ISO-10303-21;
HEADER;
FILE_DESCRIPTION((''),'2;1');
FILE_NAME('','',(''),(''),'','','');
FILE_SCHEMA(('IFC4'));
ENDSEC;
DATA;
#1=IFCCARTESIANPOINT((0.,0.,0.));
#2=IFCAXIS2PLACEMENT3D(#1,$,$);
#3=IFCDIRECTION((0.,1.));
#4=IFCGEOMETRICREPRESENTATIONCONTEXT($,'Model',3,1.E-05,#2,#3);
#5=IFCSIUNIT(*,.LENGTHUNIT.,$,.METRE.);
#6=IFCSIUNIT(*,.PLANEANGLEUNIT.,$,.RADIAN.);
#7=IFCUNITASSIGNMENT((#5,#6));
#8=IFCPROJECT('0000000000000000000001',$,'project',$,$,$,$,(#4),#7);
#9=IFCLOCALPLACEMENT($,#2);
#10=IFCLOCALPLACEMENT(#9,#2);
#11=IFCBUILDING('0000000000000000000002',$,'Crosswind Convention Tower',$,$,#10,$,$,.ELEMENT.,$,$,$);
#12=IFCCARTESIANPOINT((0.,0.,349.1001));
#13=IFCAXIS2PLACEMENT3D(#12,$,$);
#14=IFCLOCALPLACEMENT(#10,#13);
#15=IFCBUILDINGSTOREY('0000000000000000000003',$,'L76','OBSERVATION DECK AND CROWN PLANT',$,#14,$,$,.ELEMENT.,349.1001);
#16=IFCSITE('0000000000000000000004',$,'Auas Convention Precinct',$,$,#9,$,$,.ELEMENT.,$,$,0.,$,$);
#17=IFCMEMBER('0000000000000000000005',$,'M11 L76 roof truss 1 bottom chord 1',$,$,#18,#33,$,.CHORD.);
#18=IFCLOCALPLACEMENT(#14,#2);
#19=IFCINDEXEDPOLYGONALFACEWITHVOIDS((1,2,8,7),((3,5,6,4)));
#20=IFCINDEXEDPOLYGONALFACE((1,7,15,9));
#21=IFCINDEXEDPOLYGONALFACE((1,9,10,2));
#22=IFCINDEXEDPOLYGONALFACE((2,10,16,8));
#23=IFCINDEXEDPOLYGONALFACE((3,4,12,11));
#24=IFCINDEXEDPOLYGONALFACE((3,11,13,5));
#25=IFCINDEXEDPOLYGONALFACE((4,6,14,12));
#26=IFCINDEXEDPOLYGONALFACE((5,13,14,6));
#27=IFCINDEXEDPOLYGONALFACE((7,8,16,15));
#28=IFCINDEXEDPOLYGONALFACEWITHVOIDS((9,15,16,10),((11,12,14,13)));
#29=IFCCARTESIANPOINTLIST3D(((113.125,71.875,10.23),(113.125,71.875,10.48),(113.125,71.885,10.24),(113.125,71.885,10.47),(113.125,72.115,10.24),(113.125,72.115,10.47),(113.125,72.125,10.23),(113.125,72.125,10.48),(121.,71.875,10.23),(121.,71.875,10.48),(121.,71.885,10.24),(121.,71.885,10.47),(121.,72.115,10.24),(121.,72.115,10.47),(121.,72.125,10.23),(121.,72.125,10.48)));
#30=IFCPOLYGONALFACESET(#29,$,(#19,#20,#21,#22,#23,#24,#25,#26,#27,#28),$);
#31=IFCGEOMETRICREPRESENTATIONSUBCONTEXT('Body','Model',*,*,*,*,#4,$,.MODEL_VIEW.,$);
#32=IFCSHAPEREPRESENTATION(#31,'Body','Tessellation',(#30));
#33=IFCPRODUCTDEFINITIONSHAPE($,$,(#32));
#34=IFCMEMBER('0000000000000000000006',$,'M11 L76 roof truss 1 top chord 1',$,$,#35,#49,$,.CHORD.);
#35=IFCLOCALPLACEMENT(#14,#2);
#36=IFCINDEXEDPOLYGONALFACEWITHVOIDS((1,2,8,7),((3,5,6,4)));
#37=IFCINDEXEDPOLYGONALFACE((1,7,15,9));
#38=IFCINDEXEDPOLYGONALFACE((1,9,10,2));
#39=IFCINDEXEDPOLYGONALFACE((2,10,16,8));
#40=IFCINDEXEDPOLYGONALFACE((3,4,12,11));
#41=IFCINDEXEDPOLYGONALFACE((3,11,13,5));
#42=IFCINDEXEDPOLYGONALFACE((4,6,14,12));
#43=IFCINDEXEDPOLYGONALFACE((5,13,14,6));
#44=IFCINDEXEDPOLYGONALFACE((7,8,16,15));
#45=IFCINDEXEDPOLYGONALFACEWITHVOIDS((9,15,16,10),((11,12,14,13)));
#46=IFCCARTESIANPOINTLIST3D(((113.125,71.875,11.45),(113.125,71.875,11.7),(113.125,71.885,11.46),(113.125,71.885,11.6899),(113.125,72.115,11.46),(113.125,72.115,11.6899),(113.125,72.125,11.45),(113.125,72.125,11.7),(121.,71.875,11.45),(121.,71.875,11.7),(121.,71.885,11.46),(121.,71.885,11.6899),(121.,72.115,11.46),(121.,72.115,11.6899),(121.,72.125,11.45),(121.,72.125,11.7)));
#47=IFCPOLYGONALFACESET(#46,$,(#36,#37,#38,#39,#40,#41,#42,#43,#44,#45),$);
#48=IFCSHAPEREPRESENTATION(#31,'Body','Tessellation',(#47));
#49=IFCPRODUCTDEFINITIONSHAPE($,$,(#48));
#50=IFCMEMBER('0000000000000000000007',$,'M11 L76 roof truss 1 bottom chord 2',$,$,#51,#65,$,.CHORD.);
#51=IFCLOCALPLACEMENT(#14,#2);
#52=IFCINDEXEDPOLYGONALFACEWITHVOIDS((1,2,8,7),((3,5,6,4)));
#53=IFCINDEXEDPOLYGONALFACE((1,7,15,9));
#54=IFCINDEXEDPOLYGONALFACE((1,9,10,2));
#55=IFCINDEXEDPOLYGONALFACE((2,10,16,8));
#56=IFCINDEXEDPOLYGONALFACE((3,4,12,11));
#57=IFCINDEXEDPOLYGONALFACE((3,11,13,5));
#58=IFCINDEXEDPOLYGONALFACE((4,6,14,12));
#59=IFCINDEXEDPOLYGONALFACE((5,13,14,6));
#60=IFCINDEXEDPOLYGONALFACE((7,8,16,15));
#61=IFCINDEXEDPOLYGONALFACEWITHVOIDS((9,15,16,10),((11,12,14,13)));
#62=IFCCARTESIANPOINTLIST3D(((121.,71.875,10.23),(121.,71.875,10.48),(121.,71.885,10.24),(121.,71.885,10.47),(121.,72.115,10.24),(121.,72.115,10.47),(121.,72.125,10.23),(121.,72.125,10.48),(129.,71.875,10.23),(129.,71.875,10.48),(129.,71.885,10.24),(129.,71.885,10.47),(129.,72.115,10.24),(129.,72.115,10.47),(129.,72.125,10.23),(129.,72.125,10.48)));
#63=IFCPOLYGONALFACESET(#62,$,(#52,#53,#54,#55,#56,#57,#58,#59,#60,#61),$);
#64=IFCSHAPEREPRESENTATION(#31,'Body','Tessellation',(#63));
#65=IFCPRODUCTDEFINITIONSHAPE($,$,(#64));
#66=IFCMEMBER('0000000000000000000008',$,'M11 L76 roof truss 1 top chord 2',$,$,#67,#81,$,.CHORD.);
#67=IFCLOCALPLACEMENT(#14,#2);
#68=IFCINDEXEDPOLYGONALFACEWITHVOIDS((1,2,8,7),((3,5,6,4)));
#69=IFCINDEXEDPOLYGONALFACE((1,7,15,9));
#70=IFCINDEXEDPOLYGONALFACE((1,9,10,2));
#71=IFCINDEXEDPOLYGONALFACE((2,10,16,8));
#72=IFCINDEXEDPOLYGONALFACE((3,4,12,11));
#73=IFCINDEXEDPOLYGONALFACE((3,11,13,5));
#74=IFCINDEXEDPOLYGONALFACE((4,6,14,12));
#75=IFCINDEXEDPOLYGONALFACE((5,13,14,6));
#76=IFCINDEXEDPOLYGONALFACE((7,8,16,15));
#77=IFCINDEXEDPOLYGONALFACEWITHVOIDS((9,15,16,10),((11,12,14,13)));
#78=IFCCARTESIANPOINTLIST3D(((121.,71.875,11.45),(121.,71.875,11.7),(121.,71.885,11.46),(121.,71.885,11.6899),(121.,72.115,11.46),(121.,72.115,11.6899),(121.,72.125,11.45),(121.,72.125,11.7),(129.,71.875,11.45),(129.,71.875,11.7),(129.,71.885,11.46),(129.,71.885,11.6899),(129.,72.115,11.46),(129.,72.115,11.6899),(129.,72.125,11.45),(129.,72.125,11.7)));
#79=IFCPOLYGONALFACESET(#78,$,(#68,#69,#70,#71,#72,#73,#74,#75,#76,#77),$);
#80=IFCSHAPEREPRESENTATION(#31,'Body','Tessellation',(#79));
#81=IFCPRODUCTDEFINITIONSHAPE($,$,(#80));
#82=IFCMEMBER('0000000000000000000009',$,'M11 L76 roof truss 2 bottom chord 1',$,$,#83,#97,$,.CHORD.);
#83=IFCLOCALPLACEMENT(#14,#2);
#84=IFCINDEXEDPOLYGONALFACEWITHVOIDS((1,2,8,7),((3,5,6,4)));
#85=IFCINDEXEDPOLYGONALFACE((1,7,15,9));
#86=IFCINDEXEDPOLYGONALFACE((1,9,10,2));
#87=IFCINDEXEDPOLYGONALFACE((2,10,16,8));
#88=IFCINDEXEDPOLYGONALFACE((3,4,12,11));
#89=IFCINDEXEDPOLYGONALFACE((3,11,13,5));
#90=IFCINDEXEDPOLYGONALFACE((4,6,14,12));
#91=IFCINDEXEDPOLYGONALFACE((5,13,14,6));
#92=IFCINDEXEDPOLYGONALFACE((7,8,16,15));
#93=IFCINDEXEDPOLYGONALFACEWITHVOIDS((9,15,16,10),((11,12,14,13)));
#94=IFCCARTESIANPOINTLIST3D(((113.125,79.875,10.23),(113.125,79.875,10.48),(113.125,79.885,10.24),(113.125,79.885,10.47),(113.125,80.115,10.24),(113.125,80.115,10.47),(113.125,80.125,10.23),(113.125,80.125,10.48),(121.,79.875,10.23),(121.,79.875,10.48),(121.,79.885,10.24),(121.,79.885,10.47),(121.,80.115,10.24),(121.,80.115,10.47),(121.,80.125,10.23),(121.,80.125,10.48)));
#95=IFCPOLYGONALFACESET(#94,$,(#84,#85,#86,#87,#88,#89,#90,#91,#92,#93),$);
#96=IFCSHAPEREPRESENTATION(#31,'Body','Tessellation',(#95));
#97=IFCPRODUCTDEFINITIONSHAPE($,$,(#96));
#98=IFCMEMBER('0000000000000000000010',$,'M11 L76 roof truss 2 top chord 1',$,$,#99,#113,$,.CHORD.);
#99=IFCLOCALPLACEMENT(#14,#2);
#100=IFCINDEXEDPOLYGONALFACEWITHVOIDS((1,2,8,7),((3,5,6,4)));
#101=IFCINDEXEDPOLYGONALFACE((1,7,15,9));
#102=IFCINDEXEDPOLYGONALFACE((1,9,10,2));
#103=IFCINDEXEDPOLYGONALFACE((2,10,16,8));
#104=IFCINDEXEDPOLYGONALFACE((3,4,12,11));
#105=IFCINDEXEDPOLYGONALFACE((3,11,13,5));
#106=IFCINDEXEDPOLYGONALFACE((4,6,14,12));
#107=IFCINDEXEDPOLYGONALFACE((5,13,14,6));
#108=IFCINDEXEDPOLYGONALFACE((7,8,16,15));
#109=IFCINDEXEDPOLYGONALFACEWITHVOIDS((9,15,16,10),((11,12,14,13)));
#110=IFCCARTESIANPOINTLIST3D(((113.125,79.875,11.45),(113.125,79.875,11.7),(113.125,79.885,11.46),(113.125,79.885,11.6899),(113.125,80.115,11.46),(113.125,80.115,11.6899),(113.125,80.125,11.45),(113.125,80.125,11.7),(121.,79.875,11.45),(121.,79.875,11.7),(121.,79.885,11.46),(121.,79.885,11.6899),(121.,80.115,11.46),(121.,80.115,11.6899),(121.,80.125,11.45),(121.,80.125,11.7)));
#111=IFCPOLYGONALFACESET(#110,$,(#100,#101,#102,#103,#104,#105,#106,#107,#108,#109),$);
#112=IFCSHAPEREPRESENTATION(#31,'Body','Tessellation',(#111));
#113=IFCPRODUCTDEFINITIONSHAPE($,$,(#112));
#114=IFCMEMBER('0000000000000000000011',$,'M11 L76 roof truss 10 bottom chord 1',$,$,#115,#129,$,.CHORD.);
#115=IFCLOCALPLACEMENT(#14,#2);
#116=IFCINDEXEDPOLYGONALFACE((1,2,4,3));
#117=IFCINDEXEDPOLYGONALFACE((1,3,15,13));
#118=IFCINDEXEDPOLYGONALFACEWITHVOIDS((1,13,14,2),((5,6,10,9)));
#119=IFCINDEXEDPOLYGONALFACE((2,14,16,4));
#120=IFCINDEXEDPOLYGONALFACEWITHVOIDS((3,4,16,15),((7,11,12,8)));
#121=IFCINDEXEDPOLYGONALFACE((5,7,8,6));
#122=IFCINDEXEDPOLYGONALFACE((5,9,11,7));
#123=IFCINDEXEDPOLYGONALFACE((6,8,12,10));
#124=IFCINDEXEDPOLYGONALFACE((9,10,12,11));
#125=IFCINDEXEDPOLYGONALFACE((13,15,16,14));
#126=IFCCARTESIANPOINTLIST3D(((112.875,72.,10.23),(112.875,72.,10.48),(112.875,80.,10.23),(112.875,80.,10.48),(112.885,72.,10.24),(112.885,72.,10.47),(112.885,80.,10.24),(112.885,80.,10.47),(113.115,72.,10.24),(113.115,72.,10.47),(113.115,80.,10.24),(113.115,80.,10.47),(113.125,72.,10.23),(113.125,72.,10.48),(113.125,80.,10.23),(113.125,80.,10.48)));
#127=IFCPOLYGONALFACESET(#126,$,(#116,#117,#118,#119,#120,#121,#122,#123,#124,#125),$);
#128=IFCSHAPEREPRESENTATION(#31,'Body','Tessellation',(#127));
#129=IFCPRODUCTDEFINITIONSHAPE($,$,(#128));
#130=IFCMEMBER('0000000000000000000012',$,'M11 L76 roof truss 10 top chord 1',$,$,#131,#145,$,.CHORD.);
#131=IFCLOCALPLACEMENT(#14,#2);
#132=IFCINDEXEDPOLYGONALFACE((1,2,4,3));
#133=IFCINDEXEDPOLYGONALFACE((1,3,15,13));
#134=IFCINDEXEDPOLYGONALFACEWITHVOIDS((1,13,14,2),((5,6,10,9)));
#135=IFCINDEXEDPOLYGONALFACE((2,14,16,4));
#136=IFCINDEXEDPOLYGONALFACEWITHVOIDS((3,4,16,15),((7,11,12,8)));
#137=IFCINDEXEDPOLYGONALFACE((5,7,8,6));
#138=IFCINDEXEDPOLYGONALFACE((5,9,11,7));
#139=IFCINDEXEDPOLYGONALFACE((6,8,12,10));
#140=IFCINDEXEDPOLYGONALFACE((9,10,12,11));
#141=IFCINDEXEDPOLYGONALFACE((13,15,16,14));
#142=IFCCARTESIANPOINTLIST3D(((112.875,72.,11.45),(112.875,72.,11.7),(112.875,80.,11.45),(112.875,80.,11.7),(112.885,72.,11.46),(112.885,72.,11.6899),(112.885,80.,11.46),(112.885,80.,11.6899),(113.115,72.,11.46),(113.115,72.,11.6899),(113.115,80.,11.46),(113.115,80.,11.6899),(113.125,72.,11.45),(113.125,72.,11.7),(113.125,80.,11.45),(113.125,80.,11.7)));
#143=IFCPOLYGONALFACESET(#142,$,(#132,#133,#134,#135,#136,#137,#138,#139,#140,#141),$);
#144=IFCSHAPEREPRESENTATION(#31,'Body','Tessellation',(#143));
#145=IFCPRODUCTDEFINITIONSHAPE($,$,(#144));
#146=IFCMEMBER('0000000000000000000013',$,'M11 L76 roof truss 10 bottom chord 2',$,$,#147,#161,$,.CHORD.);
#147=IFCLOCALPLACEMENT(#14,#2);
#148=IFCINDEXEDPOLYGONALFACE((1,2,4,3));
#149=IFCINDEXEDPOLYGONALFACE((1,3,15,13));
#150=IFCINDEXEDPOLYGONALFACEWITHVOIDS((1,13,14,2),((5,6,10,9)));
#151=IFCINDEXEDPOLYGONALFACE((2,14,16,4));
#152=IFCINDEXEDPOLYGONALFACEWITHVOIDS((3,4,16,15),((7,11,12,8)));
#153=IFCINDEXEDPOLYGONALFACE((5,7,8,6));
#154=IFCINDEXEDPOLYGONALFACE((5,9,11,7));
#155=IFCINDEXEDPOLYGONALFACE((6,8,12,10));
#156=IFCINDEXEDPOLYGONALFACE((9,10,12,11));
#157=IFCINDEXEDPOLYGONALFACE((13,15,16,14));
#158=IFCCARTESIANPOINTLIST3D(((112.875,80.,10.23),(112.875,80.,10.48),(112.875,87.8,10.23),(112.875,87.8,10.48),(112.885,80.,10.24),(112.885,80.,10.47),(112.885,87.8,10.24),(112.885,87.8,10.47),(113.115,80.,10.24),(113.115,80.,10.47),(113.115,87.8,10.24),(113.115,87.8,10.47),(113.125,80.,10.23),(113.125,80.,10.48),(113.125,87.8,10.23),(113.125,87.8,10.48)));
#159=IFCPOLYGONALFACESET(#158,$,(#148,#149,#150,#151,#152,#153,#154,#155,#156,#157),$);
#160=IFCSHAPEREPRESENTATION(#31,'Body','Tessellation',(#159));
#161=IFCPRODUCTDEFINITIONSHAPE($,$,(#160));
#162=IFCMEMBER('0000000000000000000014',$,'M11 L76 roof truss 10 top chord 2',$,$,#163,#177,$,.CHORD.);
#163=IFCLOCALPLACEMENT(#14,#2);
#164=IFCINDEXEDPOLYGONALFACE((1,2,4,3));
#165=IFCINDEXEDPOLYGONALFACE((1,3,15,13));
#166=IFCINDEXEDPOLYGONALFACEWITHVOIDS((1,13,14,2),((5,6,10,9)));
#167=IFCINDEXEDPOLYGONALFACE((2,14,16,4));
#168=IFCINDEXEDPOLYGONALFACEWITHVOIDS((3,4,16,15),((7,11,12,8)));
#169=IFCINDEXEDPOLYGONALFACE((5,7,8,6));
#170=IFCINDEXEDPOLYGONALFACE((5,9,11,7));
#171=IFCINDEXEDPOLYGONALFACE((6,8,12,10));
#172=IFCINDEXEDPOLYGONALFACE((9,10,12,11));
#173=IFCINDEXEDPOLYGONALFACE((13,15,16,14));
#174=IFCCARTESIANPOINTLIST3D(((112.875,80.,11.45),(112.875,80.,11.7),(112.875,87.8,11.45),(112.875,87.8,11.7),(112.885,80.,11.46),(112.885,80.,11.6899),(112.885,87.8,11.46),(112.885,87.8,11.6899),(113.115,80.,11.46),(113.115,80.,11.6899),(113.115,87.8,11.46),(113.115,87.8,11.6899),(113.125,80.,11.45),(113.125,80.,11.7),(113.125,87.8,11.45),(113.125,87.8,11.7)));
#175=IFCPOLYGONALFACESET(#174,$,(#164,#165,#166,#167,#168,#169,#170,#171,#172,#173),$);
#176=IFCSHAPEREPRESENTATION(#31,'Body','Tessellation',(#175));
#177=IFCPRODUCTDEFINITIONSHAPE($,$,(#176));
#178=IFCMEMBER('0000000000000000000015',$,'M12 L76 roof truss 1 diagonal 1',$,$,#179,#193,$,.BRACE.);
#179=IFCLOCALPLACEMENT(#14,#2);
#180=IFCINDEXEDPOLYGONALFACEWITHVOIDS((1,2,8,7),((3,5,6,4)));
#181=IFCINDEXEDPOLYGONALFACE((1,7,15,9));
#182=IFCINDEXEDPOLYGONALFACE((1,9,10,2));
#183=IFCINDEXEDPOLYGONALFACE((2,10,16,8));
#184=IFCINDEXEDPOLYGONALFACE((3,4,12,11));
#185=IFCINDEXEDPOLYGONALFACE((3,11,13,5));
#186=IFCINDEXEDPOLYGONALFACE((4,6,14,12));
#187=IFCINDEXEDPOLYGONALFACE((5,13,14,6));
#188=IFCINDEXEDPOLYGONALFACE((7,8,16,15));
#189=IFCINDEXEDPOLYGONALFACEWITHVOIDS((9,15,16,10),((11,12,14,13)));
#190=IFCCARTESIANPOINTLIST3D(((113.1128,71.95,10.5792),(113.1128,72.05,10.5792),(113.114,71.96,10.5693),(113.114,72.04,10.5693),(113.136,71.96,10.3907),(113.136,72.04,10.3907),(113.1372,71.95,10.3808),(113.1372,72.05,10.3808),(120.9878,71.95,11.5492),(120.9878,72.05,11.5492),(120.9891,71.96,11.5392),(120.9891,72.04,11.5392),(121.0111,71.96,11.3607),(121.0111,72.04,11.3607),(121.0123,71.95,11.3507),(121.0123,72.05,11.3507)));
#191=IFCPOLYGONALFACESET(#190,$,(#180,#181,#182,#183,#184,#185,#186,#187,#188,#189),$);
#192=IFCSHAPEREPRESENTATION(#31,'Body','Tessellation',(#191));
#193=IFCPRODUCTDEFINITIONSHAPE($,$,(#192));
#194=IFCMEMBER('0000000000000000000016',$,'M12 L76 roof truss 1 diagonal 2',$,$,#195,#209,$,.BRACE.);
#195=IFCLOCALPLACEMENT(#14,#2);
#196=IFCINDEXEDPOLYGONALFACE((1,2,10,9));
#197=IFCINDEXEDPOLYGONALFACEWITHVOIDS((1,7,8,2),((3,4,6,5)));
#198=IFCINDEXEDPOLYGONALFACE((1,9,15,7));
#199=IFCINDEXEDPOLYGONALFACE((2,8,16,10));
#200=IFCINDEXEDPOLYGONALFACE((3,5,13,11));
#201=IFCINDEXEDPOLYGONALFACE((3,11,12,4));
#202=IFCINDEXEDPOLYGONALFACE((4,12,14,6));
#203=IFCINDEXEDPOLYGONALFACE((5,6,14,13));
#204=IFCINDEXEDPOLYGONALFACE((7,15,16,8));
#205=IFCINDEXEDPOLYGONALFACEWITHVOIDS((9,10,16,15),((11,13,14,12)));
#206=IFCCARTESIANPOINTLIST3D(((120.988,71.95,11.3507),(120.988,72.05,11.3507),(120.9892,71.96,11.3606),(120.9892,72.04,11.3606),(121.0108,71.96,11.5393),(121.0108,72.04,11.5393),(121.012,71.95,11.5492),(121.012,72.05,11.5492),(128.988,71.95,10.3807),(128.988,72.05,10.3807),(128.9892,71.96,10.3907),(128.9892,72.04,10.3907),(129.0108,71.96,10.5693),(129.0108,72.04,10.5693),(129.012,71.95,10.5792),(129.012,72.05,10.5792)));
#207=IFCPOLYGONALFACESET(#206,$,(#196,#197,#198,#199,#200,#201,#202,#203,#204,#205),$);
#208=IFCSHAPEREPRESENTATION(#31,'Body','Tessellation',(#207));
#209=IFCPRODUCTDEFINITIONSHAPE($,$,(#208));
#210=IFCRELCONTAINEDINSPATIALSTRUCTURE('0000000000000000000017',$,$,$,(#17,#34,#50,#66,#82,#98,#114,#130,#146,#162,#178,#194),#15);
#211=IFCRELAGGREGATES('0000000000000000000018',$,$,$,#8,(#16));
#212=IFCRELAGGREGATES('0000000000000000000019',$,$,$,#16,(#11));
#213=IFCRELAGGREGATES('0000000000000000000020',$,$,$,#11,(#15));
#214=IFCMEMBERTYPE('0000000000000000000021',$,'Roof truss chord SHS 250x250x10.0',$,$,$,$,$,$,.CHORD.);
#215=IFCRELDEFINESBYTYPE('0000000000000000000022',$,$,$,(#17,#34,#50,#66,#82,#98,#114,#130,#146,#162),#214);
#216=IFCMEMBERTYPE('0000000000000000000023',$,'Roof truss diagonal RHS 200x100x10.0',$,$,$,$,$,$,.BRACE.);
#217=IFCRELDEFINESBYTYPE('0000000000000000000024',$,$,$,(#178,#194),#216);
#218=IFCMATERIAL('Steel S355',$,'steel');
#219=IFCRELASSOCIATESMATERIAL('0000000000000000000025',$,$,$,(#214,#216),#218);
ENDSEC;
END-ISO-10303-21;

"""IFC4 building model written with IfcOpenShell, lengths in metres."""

from ifc_helpers import new_model, si_unit, direction, frame, origin, origin_2d, place, context, subcontext, project, spatial, hollow_rectangle, extrude, material, material_profile, profile_set, type_object, element, save


model = new_model("IFC4")

# Units and contexts
model_context = context("Model", 3, precision=1e-05, world=origin(), true_north=direction((0.0, 1.0)))
body_context = subcontext(model_context, "Body", "Model", "MODEL_VIEW")
ifc_project = project(units=[si_unit("LENGTHUNIT", "METRE"), si_unit("PLANEANGLEUNIT", "RADIAN")], contexts=[model_context])

# Site, building, storey
site_placement = place(None, origin())
site = spatial("IfcSite", under=ifc_project, at=site_placement, Name="Auas Convention Precinct", CompositionType="ELEMENT", RefElevation=0.0)
building_placement = place(site_placement, origin())
building = spatial("IfcBuilding", under=site, at=building_placement, Name="Crosswind Convention Tower", CompositionType="ELEMENT")
storey_placement = place(building_placement, frame((0.0, 0.0, 349.1001)))
storey = spatial("IfcBuildingStorey", under=building, at=storey_placement, Name="L76", Description="OBSERVATION DECK AND CROWN PLANT", CompositionType="ELEMENT", Elevation=349.1001)

# Shared definitions
ifc_material_1 = material(Name="Steel S355", Category="steel")

# Members
ifc_material_profile_1 = material_profile(ifc_material_1, hollow_rectangle(XDim=0.25, YDim=0.25, WallThickness=0.01, at=origin_2d()), Name="SHS 250x250x10.0")
ifc_profile_set_1 = profile_set([ifc_material_profile_1], Name="Steel S355")
member_type_1 = type_object("IfcMemberType", Name="Roof truss chord SHS 250x250x10.0", PredefinedType="CHORD", material=ifc_profile_set_1)
for number, where, z_axis, x_axis, name in (
    (1, (113.125, 72.0, 10.355), (1.0, 0.0, 0.0), (0.0, 1.0, 0.0), "M11 L76 roof truss 1 bottom chord 1"),
    (2, (113.125, 72.0, 11.575), (1.0, 0.0, 0.0), (0.0, 1.0, 0.0), "M11 L76 roof truss 1 top chord 1"),
):
    element("IfcMember", number, at=place(storey_placement, frame(where, z_axis=z_axis, x_axis=x_axis)), inside=storey, type_object=member_type_1, Name=name, PredefinedType="CHORD", context=body_context, shape_type="SweptSolid", body=[
        extrude(hollow_rectangle(XDim=0.25, YDim=0.25, WallThickness=0.01, at=origin_2d()), origin(), (0.0, 0.0, 1.0), 7.875),
    ])
for number, where, z_axis, x_axis, name in (
    (3, (121.0, 72.0, 10.355), (1.0, 0.0, 0.0), (0.0, 1.0, 0.0), "M11 L76 roof truss 1 bottom chord 2"),
    (4, (121.0, 72.0, 11.575), (1.0, 0.0, 0.0), (0.0, 1.0, 0.0), "M11 L76 roof truss 1 top chord 2"),
):
    element("IfcMember", number, at=place(storey_placement, frame(where, z_axis=z_axis, x_axis=x_axis)), inside=storey, type_object=member_type_1, Name=name, PredefinedType="CHORD", context=body_context, shape_type="SweptSolid", body=[
        extrude(hollow_rectangle(XDim=0.25, YDim=0.25, WallThickness=0.01, at=origin_2d()), origin(), (0.0, 0.0, 1.0), 8.0),
    ])
for number, where, z_axis, x_axis, name in (
    (5, (113.125, 80.0, 10.355), (1.0, 0.0, 0.0), (0.0, 1.0, 0.0), "M11 L76 roof truss 2 bottom chord 1"),
    (6, (113.125, 80.0, 11.575), (1.0, 0.0, 0.0), (0.0, 1.0, 0.0), "M11 L76 roof truss 2 top chord 1"),
):
    element("IfcMember", number, at=place(storey_placement, frame(where, z_axis=z_axis, x_axis=x_axis)), inside=storey, type_object=member_type_1, Name=name, PredefinedType="CHORD", context=body_context, shape_type="SweptSolid", body=[
        extrude(hollow_rectangle(XDim=0.25, YDim=0.25, WallThickness=0.01, at=origin_2d()), origin(), (0.0, 0.0, 1.0), 7.875),
    ])
for number, where, z_axis, x_axis, name in (
    (7, (113.0, 72.0, 10.355), (0.0, 1.0, 0.0), (-1.0, 0.0, 0.0), "M11 L76 roof truss 10 bottom chord 1"),
    (8, (113.0, 72.0, 11.575), (0.0, 1.0, 0.0), (-1.0, 0.0, 0.0), "M11 L76 roof truss 10 top chord 1"),
):
    element("IfcMember", number, at=place(storey_placement, frame(where, z_axis=z_axis, x_axis=x_axis)), inside=storey, type_object=member_type_1, Name=name, PredefinedType="CHORD", context=body_context, shape_type="SweptSolid", body=[
        extrude(hollow_rectangle(XDim=0.25, YDim=0.25, WallThickness=0.01, at=origin_2d()), origin(), (0.0, 0.0, 1.0), 8.0),
    ])
for number, where, z_axis, x_axis, name in (
    (9, (113.0, 80.0, 10.355), (0.0, 1.0, 0.0), (-1.0, 0.0, 0.0), "M11 L76 roof truss 10 bottom chord 2"),
    (10, (113.0, 80.0, 11.575), (0.0, 1.0, 0.0), (-1.0, 0.0, 0.0), "M11 L76 roof truss 10 top chord 2"),
):
    element("IfcMember", number, at=place(storey_placement, frame(where, z_axis=z_axis, x_axis=x_axis)), inside=storey, type_object=member_type_1, Name=name, PredefinedType="CHORD", context=body_context, shape_type="SweptSolid", body=[
        extrude(hollow_rectangle(XDim=0.25, YDim=0.25, WallThickness=0.01, at=origin_2d()), origin(), (0.0, 0.0, 1.0), 7.8),
    ])
ifc_material_profile_2 = material_profile(ifc_material_1, hollow_rectangle(XDim=0.1001, YDim=0.2, WallThickness=0.01, at=origin_2d()), Name="RHS 200x100x10.0")
ifc_profile_set_2 = profile_set([ifc_material_profile_2], Name="Steel S355")
member_type_2 = type_object("IfcMemberType", Name="Roof truss diagonal RHS 200x100x10.0", PredefinedType="BRACE", material=ifc_profile_set_2)
member_1_placement = place(storey_placement, frame((113.125, 72.0, 10.48), z_axis=(0.9925, 0.0, 0.122247), x_axis=(0.0, 1.0, 0.0)))
element("IfcMember", 11, at=member_1_placement, inside=storey, type_object=member_type_2, Name="M12 L76 roof truss 1 diagonal 1", PredefinedType="BRACE", context=body_context, shape_type="SweptSolid", body=[
    extrude(hollow_rectangle(XDim=0.1001, YDim=0.2, WallThickness=0.01, at=origin_2d()), origin(), (0.0, 0.0, 1.0), 7.9346),
])
for number, where, z_axis, x_axis, name in (
    (12, (121.0, 72.0, 11.45), (0.99273, 0.0, -0.120365), (0.0, 1.0, 0.0), "M12 L76 roof truss 1 diagonal 2"),
):
    element("IfcMember", number, at=place(storey_placement, frame(where, z_axis=z_axis, x_axis=x_axis)), inside=storey, type_object=member_type_2, Name=name, PredefinedType="BRACE", context=body_context, shape_type="SweptSolid", body=[
        extrude(hollow_rectangle(XDim=0.1001, YDim=0.2, WallThickness=0.01, at=origin_2d()), origin(), (0.0, 0.0, 1.0), 8.0586),
    ])

save(model, "model.ifc")
